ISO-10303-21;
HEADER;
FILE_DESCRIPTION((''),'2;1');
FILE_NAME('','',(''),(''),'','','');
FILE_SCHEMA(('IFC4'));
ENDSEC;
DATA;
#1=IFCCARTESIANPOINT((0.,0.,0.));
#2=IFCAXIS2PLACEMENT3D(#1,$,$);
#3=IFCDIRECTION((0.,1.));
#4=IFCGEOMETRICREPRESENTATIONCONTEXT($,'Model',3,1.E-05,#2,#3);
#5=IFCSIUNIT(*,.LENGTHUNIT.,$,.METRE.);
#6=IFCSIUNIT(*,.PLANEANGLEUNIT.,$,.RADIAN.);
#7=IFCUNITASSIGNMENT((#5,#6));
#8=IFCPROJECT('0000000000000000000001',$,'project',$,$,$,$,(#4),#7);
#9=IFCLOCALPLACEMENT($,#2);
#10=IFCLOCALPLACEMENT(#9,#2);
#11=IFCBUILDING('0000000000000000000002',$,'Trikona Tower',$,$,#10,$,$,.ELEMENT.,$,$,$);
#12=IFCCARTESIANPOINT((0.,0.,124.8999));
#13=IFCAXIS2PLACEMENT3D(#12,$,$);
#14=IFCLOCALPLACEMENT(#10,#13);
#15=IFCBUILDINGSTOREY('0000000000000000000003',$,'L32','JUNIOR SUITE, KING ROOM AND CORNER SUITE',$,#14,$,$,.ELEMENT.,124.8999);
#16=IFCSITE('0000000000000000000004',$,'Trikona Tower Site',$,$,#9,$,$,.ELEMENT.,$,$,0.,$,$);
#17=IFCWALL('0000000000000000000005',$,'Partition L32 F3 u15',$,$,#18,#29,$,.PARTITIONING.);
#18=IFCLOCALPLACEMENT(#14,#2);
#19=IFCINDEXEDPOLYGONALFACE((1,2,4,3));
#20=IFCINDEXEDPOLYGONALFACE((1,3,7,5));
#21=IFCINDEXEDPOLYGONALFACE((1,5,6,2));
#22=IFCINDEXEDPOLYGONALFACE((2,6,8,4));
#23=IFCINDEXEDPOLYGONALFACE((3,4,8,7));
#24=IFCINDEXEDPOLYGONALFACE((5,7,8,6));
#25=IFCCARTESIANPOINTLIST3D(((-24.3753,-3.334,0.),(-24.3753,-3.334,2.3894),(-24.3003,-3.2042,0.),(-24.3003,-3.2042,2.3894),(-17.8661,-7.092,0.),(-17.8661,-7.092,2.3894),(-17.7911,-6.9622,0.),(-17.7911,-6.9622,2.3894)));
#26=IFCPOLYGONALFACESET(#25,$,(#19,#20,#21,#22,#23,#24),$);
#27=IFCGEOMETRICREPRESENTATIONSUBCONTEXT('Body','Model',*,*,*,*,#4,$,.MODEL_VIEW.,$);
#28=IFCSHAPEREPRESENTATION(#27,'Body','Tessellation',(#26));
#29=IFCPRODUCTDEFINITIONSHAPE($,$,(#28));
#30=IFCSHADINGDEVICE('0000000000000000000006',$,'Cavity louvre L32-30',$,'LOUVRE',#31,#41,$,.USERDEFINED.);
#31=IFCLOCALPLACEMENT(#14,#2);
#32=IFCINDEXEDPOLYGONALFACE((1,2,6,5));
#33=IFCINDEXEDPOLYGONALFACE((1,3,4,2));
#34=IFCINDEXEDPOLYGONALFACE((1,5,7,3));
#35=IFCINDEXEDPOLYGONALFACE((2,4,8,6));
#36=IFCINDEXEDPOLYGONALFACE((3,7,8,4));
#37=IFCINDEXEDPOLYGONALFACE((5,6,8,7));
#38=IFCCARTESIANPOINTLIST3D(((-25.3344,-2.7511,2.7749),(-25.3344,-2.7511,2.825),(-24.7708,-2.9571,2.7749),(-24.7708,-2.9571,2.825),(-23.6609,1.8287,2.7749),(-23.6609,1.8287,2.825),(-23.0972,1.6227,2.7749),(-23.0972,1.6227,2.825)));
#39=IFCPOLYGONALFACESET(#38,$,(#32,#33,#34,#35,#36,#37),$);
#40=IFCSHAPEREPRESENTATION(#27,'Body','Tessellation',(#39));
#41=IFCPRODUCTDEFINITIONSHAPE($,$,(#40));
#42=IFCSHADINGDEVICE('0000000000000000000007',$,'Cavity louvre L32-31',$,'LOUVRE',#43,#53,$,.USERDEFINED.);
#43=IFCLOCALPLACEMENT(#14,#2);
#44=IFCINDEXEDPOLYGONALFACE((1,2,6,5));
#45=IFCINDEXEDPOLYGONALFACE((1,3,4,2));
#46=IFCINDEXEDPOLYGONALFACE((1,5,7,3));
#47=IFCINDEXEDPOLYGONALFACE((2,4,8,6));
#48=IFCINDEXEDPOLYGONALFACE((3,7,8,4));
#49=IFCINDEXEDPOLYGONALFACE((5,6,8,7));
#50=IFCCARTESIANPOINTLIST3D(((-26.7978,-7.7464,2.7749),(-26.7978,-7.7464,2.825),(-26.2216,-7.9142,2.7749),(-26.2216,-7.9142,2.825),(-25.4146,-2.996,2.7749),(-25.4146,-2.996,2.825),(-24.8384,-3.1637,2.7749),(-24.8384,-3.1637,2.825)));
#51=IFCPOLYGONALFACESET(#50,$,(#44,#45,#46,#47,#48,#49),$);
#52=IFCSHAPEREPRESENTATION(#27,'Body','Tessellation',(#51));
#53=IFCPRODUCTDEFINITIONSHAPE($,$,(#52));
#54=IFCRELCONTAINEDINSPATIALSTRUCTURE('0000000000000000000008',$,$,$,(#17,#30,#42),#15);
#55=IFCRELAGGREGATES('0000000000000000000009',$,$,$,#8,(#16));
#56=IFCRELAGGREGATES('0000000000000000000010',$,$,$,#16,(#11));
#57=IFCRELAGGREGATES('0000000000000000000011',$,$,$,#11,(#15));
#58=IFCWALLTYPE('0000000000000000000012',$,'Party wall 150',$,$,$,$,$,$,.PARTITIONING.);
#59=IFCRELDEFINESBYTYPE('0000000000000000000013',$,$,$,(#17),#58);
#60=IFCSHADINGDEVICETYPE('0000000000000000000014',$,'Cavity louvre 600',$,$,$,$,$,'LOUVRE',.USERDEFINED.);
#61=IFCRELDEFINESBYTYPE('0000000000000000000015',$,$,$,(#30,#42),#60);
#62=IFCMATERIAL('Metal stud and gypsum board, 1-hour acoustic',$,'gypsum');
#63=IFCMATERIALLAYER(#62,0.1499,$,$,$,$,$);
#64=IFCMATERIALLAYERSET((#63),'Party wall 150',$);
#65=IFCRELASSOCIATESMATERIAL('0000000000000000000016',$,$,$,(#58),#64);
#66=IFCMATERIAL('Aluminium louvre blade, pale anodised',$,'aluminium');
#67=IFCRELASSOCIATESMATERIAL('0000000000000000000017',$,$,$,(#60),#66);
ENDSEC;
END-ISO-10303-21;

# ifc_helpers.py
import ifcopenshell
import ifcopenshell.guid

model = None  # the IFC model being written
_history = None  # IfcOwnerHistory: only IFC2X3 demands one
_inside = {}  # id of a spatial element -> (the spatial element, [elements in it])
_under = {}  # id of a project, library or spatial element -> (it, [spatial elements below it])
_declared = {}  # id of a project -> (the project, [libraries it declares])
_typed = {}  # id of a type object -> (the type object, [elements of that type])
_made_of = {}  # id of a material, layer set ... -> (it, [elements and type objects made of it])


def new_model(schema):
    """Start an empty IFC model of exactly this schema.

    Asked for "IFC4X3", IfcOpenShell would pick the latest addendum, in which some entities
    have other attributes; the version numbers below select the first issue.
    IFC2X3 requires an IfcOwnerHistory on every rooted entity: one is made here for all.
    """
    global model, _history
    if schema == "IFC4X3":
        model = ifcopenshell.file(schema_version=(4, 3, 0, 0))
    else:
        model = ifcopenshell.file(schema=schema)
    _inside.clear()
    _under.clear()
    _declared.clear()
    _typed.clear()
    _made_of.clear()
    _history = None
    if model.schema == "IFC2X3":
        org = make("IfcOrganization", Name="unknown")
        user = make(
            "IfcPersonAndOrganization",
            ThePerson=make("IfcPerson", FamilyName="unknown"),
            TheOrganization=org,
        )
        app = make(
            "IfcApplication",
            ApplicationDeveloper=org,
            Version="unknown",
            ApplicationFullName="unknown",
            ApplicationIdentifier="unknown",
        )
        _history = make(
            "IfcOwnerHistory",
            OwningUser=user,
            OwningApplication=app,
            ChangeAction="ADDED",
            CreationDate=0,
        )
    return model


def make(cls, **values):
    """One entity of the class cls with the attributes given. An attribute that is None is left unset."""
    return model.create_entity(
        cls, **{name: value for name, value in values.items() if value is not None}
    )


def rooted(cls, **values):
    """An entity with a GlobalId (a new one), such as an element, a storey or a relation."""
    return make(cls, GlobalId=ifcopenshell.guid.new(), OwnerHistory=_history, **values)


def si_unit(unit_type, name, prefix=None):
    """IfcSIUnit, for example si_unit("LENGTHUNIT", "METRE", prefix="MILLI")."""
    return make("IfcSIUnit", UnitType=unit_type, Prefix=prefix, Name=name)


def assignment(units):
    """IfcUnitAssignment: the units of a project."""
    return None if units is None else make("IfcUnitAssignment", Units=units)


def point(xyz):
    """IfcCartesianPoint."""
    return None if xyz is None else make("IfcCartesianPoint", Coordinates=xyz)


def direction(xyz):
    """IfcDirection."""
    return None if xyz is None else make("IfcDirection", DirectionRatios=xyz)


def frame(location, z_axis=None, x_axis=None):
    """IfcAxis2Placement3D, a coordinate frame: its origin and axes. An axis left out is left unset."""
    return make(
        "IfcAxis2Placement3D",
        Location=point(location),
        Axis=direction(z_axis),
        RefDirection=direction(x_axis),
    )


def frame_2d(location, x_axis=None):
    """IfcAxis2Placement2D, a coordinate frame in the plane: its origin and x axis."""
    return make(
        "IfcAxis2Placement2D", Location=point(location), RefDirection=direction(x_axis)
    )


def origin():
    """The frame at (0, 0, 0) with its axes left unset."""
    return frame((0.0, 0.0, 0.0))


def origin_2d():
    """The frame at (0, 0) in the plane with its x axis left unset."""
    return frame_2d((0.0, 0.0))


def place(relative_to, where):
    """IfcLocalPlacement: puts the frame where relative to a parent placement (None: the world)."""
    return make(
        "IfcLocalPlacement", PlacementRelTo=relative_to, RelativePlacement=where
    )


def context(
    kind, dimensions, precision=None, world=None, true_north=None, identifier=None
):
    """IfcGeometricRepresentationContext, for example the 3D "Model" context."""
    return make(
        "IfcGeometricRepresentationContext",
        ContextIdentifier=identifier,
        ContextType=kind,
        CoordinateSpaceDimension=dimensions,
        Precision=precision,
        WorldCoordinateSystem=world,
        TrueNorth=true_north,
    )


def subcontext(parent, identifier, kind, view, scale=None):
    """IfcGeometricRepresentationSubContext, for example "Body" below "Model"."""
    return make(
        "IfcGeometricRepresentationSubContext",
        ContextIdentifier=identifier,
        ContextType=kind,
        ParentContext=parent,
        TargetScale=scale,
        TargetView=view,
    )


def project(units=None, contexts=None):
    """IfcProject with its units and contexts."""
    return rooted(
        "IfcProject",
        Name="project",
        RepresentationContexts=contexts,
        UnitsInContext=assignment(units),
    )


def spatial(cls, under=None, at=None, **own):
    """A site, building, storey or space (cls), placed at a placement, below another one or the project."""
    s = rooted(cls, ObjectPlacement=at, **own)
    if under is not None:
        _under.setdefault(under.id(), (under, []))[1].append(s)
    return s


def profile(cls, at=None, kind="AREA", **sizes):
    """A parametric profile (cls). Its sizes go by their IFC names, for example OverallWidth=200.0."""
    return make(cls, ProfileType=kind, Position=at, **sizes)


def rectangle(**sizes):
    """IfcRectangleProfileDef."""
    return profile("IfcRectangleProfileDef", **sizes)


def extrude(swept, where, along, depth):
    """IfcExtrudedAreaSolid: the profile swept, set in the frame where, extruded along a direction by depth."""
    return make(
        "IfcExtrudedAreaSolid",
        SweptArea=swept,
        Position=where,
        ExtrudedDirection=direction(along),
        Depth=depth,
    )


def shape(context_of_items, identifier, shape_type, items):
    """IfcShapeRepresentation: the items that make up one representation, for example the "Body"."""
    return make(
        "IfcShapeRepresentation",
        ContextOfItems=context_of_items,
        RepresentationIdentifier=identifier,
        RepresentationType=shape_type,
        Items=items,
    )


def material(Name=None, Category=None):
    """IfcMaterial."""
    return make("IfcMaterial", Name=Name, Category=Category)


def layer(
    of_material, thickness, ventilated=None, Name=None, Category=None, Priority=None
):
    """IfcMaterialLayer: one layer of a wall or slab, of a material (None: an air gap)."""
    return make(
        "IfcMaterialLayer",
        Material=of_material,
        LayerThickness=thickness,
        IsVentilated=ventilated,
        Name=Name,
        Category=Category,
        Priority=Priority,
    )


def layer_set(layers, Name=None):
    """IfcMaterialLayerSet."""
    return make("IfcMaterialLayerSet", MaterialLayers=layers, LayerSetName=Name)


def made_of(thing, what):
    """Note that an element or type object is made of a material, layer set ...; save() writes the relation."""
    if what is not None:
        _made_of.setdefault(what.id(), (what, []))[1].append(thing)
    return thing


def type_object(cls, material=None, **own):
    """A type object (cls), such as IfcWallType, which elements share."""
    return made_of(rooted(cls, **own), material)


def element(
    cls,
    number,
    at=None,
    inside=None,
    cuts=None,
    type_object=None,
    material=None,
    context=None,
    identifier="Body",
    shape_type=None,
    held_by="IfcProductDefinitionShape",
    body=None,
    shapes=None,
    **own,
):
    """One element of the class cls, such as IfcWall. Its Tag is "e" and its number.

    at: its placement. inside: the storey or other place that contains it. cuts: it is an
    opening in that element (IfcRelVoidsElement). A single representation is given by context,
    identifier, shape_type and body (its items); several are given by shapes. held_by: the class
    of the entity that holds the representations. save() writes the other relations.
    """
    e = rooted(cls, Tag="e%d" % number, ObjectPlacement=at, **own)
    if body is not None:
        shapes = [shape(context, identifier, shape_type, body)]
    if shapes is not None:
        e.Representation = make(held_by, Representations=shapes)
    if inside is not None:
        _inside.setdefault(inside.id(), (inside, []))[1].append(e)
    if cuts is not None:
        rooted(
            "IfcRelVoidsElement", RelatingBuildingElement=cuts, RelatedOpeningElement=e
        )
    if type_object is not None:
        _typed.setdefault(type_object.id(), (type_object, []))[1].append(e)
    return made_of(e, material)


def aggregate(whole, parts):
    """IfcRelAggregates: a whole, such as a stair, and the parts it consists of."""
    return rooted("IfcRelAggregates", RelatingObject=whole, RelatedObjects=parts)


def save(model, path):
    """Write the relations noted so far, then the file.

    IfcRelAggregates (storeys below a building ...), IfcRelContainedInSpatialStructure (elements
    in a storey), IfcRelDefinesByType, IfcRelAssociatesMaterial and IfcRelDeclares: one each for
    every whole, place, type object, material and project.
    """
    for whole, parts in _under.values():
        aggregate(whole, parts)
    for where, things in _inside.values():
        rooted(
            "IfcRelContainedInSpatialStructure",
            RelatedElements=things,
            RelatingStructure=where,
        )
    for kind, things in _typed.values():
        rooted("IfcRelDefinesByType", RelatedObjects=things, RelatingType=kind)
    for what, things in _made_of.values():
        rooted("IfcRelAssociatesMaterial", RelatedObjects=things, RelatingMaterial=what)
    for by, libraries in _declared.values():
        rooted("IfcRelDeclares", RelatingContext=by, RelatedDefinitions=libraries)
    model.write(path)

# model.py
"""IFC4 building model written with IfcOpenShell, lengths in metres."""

from ifc_helpers import new_model, si_unit, direction, frame, frame_2d, origin, origin_2d, place, context, subcontext, project, spatial, rectangle, extrude, material, layer, layer_set, type_object, element, save


model = new_model("IFC4")

# Units and contexts
model_context = context("Model", 3, precision=1e-05, world=origin(), true_north=direction((0.0, 1.0)))
body_context = subcontext(model_context, "Body", "Model", "MODEL_VIEW")
ifc_project = project(units=[si_unit("LENGTHUNIT", "METRE"), si_unit("PLANEANGLEUNIT", "RADIAN")], contexts=[model_context])

# Site, building, storey
site_placement = place(None, origin())
site = spatial("IfcSite", under=ifc_project, at=site_placement, Name="Trikona Tower Site", CompositionType="ELEMENT", RefElevation=0.0)
building_placement = place(site_placement, origin())
building = spatial("IfcBuilding", under=site, at=building_placement, Name="Trikona Tower", CompositionType="ELEMENT")
storey_placement = place(building_placement, frame((0.0, 0.0, 124.8999)))
storey = spatial("IfcBuildingStorey", under=building, at=storey_placement, Name="L32", Description="JUNIOR SUITE, KING ROOM AND CORNER SUITE", CompositionType="ELEMENT", Elevation=124.8999)

# Wall
ifc_material_1 = material(Name="Metal stud and gypsum board, 1-hour acoustic", Category="gypsum")
ifc_layer_1 = layer(ifc_material_1, 0.1499)
ifc_layer_set_1 = layer_set([ifc_layer_1], Name="Party wall 150")
wall_type_1 = type_object("IfcWallType", Name="Party wall 150", PredefinedType="PARTITIONING", material=ifc_layer_set_1)
wall_1_placement = place(storey_placement, frame((-17.8286, -7.0271, 0.0), z_axis=(0.0, 0.0, 1.0), x_axis=(-0.86603, 0.499992, 0.0)))
element("IfcWall", 1, at=wall_1_placement, inside=storey, type_object=wall_type_1, Name="Partition L32 F3 u15", PredefinedType="PARTITIONING", context=body_context, shape_type="SweptSolid", body=[
    extrude(rectangle(XDim=7.5161, YDim=0.1499, at=frame_2d((3.7581, 0.0))), origin(), (0.0, 0.0, 1.0), 2.3894),
])

# Shading devices
ifc_material_2 = material(Name="Aluminium louvre blade, pale anodised", Category="aluminium")
shading_device_type = type_object("IfcShadingDeviceType", Name="Cavity louvre 600", ElementType="LOUVRE", PredefinedType="USERDEFINED", material=ifc_material_2)
shading_device_1_placement = place(storey_placement, frame((-24.2158, -0.5642, 2.7749), z_axis=(0.0, 0.0, 1.0), x_axis=(-0.34322, -0.939255, 0.0)))
element("IfcShadingDevice", 2, at=shading_device_1_placement, inside=storey, type_object=shading_device_type, Name="Cavity louvre L32-30", ObjectType="LOUVRE", PredefinedType="USERDEFINED", context=body_context, shape_type="SweptSolid", body=[
    extrude(rectangle(XDim=4.876, YDim=0.6001, at=origin_2d()), origin(), (0.0, 0.0, 1.0), 0.05),
])
shading_device_2_placement = place(storey_placement, frame((-25.8181, -5.4551, 2.7749), z_axis=(0.0, 0.0, 1.0), x_axis=(-0.279554, -0.96013, 0.0)))
element("IfcShadingDevice", 3, at=shading_device_2_placement, inside=storey, type_object=shading_device_type, Name="Cavity louvre L32-31", ObjectType="LOUVRE", PredefinedType="USERDEFINED", context=body_context, shape_type="SweptSolid", body=[
    extrude(rectangle(XDim=4.9478, YDim=0.6001, at=origin_2d()), origin(), (0.0, 0.0, 1.0), 0.05),
])

save(model, "model.ifc")
